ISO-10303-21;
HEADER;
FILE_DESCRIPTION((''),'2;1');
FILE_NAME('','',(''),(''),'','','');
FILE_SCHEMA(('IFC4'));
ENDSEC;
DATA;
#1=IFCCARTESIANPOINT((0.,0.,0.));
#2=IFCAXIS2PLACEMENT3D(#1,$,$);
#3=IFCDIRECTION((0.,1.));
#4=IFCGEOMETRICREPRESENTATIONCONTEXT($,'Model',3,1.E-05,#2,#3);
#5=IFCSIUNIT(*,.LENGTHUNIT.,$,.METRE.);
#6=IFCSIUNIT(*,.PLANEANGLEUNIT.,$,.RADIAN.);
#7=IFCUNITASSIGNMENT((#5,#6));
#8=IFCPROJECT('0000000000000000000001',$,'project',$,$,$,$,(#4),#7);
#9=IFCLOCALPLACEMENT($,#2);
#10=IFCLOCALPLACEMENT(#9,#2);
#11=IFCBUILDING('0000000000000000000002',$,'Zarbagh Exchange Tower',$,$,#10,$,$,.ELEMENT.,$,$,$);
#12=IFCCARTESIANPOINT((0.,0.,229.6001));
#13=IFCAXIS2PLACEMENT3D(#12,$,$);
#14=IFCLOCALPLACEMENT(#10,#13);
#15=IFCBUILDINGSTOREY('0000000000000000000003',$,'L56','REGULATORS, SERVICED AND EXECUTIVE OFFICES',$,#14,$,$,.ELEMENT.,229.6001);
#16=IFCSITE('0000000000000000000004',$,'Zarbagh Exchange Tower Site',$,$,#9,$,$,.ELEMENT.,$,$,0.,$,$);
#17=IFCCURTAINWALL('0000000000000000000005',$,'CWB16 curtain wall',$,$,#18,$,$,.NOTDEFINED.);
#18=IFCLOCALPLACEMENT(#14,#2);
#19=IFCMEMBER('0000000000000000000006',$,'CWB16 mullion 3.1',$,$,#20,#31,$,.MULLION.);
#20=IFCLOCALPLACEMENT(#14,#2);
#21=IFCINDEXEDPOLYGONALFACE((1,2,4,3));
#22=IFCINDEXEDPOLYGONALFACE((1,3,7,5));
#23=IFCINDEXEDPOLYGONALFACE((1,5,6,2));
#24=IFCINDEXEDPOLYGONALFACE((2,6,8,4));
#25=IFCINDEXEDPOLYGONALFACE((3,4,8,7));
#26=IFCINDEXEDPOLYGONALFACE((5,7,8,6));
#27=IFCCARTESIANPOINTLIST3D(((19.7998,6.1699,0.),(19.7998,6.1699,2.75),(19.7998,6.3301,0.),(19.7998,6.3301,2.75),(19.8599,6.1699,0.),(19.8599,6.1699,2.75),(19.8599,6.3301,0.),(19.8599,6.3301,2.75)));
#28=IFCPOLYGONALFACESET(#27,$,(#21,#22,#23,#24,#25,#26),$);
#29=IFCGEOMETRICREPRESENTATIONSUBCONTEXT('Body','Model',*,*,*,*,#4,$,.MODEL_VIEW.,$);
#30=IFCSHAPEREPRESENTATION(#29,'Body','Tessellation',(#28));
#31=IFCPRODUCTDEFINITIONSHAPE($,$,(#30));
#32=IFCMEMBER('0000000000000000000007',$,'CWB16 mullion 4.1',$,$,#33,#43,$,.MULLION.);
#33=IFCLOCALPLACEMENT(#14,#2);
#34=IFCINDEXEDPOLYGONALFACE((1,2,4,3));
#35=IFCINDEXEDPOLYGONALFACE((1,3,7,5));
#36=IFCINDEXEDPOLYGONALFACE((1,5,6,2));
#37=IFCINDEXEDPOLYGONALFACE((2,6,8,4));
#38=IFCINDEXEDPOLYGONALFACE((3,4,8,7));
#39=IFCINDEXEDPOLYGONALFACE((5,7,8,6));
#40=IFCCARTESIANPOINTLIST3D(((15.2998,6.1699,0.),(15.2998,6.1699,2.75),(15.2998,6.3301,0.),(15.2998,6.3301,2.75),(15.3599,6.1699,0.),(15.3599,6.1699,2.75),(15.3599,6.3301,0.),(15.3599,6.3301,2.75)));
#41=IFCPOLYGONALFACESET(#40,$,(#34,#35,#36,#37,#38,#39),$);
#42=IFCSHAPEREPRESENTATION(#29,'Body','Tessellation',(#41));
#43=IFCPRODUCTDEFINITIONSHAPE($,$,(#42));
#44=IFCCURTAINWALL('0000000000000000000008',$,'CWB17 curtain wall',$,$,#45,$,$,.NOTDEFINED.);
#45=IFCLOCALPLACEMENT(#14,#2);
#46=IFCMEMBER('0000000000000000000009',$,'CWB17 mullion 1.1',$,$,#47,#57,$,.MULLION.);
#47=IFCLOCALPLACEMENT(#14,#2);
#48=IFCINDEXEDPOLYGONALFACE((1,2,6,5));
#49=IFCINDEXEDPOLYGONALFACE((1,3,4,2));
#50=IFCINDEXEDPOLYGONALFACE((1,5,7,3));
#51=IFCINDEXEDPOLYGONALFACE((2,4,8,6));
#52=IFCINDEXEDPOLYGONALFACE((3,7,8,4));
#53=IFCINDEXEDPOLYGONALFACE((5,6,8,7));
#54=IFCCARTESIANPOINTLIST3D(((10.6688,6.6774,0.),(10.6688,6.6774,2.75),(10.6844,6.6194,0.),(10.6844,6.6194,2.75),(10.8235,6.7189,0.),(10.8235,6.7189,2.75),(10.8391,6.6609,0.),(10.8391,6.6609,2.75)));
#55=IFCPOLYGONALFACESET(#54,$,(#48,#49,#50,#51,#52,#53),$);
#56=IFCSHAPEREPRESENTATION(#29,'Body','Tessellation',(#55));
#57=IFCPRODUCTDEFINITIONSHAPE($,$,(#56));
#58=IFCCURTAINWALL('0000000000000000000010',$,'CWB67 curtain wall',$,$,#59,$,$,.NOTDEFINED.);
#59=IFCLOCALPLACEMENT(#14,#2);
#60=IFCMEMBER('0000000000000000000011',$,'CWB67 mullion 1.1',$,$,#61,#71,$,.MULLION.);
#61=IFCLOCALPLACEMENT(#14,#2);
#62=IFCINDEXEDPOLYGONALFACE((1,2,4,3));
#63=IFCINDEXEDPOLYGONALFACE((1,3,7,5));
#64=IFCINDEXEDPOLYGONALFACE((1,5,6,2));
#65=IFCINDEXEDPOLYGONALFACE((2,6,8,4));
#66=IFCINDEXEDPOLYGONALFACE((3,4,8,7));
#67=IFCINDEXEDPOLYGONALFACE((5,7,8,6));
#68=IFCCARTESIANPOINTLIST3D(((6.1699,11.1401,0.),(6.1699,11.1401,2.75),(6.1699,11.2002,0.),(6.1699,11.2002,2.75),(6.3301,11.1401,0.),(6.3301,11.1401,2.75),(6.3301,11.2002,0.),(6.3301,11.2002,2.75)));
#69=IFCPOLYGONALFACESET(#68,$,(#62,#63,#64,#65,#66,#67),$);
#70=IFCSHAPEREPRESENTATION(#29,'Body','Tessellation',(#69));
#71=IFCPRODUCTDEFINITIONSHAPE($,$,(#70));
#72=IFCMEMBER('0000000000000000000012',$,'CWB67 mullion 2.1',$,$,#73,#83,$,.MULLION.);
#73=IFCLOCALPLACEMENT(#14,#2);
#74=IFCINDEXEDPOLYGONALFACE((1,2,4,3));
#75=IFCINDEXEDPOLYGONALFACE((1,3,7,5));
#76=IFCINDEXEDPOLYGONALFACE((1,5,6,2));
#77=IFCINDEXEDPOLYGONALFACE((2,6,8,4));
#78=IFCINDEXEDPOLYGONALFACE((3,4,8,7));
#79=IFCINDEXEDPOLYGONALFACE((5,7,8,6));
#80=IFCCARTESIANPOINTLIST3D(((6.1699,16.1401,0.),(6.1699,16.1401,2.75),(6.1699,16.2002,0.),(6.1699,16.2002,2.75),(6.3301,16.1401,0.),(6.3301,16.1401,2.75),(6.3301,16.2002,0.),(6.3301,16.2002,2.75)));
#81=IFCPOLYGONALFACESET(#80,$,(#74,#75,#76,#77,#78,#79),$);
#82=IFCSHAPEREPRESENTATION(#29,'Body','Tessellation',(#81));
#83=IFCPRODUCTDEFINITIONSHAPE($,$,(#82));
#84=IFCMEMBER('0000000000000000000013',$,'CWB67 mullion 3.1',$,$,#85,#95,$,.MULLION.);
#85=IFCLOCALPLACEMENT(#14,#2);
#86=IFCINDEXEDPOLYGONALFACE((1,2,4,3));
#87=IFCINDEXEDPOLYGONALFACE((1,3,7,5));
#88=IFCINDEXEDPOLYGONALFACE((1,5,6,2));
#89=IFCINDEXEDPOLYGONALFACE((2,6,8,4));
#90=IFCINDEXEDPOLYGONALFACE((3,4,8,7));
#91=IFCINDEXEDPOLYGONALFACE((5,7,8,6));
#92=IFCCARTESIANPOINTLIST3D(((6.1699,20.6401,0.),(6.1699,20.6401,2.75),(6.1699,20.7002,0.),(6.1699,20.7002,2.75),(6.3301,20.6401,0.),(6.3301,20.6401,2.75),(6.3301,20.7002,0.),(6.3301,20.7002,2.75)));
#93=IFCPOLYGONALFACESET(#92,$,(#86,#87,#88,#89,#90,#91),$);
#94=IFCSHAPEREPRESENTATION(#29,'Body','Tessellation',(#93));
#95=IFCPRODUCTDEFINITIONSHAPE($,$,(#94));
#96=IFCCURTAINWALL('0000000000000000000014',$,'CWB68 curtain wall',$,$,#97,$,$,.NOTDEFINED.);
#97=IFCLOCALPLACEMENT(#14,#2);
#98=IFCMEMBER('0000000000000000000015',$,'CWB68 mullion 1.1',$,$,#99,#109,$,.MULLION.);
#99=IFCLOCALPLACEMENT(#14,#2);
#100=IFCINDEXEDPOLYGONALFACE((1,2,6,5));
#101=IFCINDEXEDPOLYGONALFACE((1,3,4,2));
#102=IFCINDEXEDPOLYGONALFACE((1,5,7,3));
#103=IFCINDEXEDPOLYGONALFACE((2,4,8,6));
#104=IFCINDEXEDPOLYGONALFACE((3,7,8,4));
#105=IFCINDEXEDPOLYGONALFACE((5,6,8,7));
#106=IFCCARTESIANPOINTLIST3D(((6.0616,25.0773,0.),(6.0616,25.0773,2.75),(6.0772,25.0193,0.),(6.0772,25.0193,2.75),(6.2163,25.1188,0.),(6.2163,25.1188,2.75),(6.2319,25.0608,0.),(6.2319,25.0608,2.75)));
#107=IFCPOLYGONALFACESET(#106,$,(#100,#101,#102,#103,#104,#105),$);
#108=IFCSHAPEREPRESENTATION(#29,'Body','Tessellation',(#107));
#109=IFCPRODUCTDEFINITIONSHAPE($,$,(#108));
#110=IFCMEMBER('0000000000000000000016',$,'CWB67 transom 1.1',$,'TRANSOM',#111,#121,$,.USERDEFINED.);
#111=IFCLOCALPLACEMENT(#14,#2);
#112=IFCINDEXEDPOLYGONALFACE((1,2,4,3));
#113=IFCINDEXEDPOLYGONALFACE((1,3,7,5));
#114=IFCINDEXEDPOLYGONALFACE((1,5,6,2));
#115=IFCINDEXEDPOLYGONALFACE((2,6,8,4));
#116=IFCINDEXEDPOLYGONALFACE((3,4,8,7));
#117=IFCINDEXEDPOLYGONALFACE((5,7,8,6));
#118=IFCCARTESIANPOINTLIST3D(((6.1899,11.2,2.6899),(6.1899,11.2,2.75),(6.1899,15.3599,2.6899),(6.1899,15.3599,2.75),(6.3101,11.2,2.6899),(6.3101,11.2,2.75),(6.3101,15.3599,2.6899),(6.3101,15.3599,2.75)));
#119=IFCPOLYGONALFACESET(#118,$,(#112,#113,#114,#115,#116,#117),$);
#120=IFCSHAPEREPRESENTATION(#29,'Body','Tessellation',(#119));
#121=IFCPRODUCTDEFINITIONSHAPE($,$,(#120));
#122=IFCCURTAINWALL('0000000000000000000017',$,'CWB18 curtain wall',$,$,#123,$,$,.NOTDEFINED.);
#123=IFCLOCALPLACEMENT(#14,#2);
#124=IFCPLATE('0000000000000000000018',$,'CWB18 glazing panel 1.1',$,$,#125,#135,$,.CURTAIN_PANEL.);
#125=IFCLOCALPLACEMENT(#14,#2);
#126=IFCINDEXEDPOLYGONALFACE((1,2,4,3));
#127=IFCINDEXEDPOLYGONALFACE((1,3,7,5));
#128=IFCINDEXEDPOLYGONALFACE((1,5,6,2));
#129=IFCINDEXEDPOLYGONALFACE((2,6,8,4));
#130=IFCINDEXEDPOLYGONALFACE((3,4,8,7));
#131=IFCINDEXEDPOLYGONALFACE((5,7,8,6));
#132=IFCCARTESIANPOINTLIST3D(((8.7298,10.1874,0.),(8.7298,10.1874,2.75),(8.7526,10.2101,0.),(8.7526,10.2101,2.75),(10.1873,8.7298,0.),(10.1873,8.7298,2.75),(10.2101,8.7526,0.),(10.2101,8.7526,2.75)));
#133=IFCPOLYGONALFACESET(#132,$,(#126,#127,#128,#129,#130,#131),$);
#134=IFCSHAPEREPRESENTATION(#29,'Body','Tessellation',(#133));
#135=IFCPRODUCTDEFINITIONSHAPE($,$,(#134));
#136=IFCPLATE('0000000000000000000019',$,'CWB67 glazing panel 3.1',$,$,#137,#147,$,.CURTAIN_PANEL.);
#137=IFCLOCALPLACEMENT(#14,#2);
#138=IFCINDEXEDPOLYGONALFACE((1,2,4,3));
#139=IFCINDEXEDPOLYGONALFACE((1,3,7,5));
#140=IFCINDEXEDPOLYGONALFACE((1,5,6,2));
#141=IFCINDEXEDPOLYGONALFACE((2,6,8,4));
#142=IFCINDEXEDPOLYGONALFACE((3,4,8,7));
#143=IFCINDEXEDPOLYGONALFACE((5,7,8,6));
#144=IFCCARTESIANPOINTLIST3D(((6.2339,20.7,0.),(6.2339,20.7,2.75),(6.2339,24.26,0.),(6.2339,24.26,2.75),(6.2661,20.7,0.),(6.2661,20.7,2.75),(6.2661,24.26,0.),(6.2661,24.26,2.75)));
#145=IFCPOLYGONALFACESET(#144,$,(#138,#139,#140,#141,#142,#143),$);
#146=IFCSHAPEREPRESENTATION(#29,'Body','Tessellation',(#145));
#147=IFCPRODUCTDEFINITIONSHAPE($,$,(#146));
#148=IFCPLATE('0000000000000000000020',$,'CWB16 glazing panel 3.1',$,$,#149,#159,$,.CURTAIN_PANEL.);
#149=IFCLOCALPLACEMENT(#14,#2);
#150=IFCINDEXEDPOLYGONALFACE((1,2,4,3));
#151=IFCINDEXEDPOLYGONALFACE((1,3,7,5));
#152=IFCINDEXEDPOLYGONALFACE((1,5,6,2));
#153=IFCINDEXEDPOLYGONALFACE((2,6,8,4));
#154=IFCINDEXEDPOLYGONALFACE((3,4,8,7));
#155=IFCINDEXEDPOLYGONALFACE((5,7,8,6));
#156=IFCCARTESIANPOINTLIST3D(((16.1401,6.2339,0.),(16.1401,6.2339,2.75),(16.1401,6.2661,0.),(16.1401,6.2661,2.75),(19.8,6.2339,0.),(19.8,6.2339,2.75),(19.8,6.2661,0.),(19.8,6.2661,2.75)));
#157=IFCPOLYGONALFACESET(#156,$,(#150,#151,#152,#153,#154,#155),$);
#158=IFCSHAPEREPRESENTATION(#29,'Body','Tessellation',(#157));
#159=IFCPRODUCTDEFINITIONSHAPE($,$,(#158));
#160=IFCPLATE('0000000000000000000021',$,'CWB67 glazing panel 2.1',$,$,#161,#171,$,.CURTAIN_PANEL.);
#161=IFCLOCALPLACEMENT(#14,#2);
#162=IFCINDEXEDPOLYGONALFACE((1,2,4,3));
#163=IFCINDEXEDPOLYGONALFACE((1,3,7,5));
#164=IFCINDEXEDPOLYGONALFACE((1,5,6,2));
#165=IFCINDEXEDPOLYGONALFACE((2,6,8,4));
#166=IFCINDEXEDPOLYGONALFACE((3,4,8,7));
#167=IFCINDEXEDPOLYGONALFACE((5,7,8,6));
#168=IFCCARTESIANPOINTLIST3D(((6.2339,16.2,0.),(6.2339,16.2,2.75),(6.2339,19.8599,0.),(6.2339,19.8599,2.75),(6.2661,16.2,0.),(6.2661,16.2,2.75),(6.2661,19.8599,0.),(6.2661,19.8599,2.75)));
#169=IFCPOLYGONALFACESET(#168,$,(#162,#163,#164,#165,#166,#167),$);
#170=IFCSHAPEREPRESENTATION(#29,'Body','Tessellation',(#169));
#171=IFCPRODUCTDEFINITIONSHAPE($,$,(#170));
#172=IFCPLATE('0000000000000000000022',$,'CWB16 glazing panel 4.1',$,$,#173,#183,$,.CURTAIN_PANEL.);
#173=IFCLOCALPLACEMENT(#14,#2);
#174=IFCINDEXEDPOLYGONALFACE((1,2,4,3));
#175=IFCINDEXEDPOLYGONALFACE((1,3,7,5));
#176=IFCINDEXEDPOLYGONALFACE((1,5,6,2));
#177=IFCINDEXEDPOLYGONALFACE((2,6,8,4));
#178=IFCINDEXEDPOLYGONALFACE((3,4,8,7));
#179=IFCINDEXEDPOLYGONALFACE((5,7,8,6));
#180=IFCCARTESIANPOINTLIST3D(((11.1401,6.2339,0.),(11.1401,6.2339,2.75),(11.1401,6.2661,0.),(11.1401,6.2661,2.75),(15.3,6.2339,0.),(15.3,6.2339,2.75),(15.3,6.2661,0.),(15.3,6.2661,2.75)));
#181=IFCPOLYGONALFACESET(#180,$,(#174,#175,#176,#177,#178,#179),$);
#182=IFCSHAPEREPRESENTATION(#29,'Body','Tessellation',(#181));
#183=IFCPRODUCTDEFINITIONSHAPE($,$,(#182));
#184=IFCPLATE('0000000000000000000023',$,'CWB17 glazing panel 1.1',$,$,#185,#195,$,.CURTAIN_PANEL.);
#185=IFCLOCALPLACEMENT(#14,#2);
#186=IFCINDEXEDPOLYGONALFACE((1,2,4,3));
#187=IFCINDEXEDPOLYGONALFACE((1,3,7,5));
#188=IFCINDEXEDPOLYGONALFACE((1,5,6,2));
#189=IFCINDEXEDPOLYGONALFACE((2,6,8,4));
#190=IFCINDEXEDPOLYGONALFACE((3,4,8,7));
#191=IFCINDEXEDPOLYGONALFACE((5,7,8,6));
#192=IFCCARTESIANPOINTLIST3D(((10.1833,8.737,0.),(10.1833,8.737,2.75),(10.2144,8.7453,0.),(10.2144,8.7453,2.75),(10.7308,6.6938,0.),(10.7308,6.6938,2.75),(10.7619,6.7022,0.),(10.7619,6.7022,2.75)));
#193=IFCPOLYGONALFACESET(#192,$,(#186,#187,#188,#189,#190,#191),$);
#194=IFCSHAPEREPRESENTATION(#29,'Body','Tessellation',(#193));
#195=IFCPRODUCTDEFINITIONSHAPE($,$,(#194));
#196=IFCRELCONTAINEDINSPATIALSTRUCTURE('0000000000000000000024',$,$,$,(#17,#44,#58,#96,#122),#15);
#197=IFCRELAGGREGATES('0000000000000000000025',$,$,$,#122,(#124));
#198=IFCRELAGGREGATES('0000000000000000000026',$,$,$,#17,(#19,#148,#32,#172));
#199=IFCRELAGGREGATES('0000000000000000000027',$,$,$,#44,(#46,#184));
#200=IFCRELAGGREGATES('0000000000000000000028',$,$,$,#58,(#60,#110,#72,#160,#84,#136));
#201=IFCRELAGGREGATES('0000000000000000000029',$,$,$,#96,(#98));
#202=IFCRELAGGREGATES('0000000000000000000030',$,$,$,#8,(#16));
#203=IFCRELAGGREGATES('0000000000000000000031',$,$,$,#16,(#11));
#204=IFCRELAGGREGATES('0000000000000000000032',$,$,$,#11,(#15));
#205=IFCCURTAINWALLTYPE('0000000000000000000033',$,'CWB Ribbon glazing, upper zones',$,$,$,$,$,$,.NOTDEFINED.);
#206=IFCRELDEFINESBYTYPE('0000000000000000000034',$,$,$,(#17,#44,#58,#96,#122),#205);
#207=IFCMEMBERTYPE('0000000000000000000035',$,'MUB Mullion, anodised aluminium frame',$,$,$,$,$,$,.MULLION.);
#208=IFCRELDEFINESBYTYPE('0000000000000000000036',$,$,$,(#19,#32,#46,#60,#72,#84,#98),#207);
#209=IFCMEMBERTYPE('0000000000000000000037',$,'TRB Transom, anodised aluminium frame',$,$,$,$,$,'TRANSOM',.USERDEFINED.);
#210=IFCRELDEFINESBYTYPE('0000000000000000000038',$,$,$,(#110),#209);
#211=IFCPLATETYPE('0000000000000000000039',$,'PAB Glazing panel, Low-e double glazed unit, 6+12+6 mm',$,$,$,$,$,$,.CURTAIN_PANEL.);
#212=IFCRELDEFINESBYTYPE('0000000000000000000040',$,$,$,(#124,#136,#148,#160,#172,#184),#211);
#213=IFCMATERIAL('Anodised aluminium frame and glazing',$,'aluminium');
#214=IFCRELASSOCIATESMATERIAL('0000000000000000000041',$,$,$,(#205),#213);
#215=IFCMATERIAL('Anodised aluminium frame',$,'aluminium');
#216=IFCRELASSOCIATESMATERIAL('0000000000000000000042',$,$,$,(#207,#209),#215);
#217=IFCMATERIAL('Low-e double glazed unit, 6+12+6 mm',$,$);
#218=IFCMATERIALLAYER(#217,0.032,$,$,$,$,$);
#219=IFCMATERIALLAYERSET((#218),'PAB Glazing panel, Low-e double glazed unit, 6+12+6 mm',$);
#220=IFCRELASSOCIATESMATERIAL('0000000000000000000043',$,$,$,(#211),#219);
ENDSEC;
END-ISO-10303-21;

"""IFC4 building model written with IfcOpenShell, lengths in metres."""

from ifc_helpers import new_model, si_unit, direction, frame, origin, place, context, subcontext, project, spatial, polyline, outline, extrude, source, transform, mapped, material, layer, layer_set, type_object, element, aggregate, save


model = new_model("IFC4")

# Units and contexts
model_context = context("Model", 3, precision=1e-05, world=origin(), true_north=direction((0.0, 1.0)))
body_context = subcontext(model_context, "Body", "Model", "MODEL_VIEW")
ifc_project = project(units=[si_unit("LENGTHUNIT", "METRE"), si_unit("PLANEANGLEUNIT", "RADIAN")], contexts=[model_context])

# Site, building, storey
site_placement = place(None, origin())
site = spatial("IfcSite", under=ifc_project, at=site_placement, Name="Zarbagh Exchange Tower Site", CompositionType="ELEMENT", RefElevation=0.0)
building_placement = place(site_placement, origin())
building = spatial("IfcBuilding", under=site, at=building_placement, Name="Zarbagh Exchange Tower", CompositionType="ELEMENT")
storey_placement = place(building_placement, frame((0.0, 0.0, 229.6001)))
storey = spatial("IfcBuildingStorey", under=building, at=storey_placement, Name="L56", Description="REGULATORS, SERVICED AND EXECUTIVE OFFICES", CompositionType="ELEMENT", Elevation=229.6001)

# Curtain wall, members
ifc_material_1 = material(Name="Anodised aluminium frame and glazing", Category="aluminium")
curtain_wall_type = type_object("IfcCurtainWallType", Name="CWB Ribbon glazing, upper zones", PredefinedType="NOTDEFINED", material=ifc_material_1)
curtain_wall_1_placement = place(storey_placement, origin())
curtain_wall_1 = element("IfcCurtainWall", 1, at=curtain_wall_1_placement, inside=storey, type_object=curtain_wall_type, Name="CWB16 curtain wall", PredefinedType="NOTDEFINED")
ifc_material_2 = material(Name="Anodised aluminium frame", Category="aluminium")
member_type_1 = type_object("IfcMemberType", Name="MUB Mullion, anodised aluminium frame", PredefinedType="MULLION", material=ifc_material_2)
shared_shape_1 = source(origin(), body_context, "Body", "SweptSolid", [
    extrude(outline(polyline([(0.0, -0.0801), (0.0601, -0.0801), (0.0601, 0.0801), (0.0, 0.0801), (0.0, -0.0801)])), origin(), (0.0, 0.0, 1.0), 2.75),
])
placement = place(storey_placement, origin())
member_1 = element("IfcMember", 2, at=placement, type_object=member_type_1, Name="CWB16 mullion 3.1", PredefinedType="MULLION", context=body_context, shape_type="MappedRepresentation", body=[
    mapped(shared_shape_1, transform((19.8599, 6.25, 0.0), x_axis=(-1.0, 0.0, 0.0), y_axis=(0.0, -1.0, 0.0), z_axis=(0.0, 0.0, 1.0))),
])
member_2 = element("IfcMember", 3, at=placement, type_object=member_type_1, Name="CWB16 mullion 4.1", PredefinedType="MULLION", context=body_context, shape_type="MappedRepresentation", body=[
    mapped(shared_shape_1, transform((15.3599, 6.25, 0.0), x_axis=(-1.0, 0.0, 0.0), y_axis=(0.0, -1.0, 0.0), z_axis=(0.0, 0.0, 1.0))),
])

# Curtain wall, member
curtain_wall_2_placement = place(storey_placement, origin())
curtain_wall_2 = element("IfcCurtainWall", 4, at=curtain_wall_2_placement, inside=storey, type_object=curtain_wall_type, Name="CWB17 curtain wall", PredefinedType="NOTDEFINED")
member_3 = element("IfcMember", 5, at=placement, type_object=member_type_1, Name="CWB17 mullion 1.1", PredefinedType="MULLION", context=body_context, shape_type="MappedRepresentation", body=[
    mapped(shared_shape_1, transform((10.7617, 6.6401, 0.0), x_axis=(-0.258825, 0.965924, 0.0), y_axis=(-0.965924, -0.258825, 0.0), z_axis=(0.0, 0.0, 1.0))),
])

# Curtain wall, members
curtain_wall_3_placement = place(storey_placement, origin())
curtain_wall_3 = element("IfcCurtainWall", 6, at=curtain_wall_3_placement, inside=storey, type_object=curtain_wall_type, Name="CWB67 curtain wall", PredefinedType="NOTDEFINED")
member_4 = element("IfcMember", 7, at=placement, type_object=member_type_1, Name="CWB67 mullion 1.1", PredefinedType="MULLION", context=body_context, shape_type="MappedRepresentation", body=[
    mapped(shared_shape_1, transform((6.25, 11.1401, 0.0), x_axis=(0.0, 1.0, 0.0), y_axis=(-1.0, 0.0, 0.0), z_axis=(0.0, 0.0, 1.0))),
])
member_5 = element("IfcMember", 8, at=placement, type_object=member_type_1, Name="CWB67 mullion 2.1", PredefinedType="MULLION", context=body_context, shape_type="MappedRepresentation", body=[
    mapped(shared_shape_1, transform((6.25, 16.1401, 0.0), x_axis=(0.0, 1.0, 0.0), y_axis=(-1.0, 0.0, 0.0), z_axis=(0.0, 0.0, 1.0))),
])
member_6 = element("IfcMember", 9, at=placement, type_object=member_type_1, Name="CWB67 mullion 3.1", PredefinedType="MULLION", context=body_context, shape_type="MappedRepresentation", body=[
    mapped(shared_shape_1, transform((6.25, 20.6401, 0.0), x_axis=(0.0, 1.0, 0.0), y_axis=(-1.0, 0.0, 0.0), z_axis=(0.0, 0.0, 1.0))),
])

# Curtain wall, member
curtain_wall_4_placement = place(storey_placement, origin())
curtain_wall_4 = element("IfcCurtainWall", 10, at=curtain_wall_4_placement, inside=storey, type_object=curtain_wall_type, Name="CWB68 curtain wall", PredefinedType="NOTDEFINED")
member_7 = element("IfcMember", 11, at=placement, type_object=member_type_1, Name="CWB68 mullion 1.1", PredefinedType="MULLION", context=body_context, shape_type="MappedRepresentation", body=[
    mapped(shared_shape_1, transform((6.1545, 25.04, 0.0), x_axis=(-0.258825, 0.965924, 0.0), y_axis=(-0.965924, -0.258825, 0.0), z_axis=(0.0, 0.0, 1.0))),
])

# Member
member_type_2 = type_object("IfcMemberType", Name="TRB Transom, anodised aluminium frame", ElementType="TRANSOM", PredefinedType="USERDEFINED", material=ifc_material_2)
shared_shape_2 = source(origin(), body_context, "Body", "SweptSolid", [
    extrude(outline(polyline([(-0.0601, -0.0601), (0.0, -0.0601), (0.0, 0.0601), (-0.0601, 0.0601), (-0.0601, -0.0601)])), origin(), (0.0, 0.0, 1.0), 4.1599),
])
member_8 = element("IfcMember", 12, at=placement, type_object=member_type_2, Name="CWB67 transom 1.1", ObjectType="TRANSOM", PredefinedType="USERDEFINED", context=body_context, shape_type="MappedRepresentation", body=[
    mapped(shared_shape_2, transform((6.25, 11.2, 2.75), x_axis=(0.0, 0.0, 1.0), y_axis=(1.0, 0.0, 0.0), z_axis=(0.0, 1.0, 0.0))),
])

# Curtain wall, plate
curtain_wall_5_placement = place(storey_placement, origin())
curtain_wall_5 = element("IfcCurtainWall", 13, at=curtain_wall_5_placement, inside=storey, type_object=curtain_wall_type, Name="CWB18 curtain wall", PredefinedType="NOTDEFINED")
ifc_material_3 = material(Name="Low-e double glazed unit, 6+12+6 mm")
ifc_layer_1 = layer(ifc_material_3, 0.032)
ifc_layer_set_1 = layer_set([ifc_layer_1], Name="PAB Glazing panel, Low-e double glazed unit, 6+12+6 mm")
plate_type = type_object("IfcPlateType", Name="PAB Glazing panel, Low-e double glazed unit, 6+12+6 mm", PredefinedType="CURTAIN_PANEL", material=ifc_layer_set_1)
shared_shape_3 = source(origin(), body_context, "Body", "SweptSolid", [
    extrude(outline(polyline([(0.0, -0.0161), (2.0613, -0.0161), (2.0613, 0.0161), (0.0, 0.0161), (0.0, -0.0161)])), origin(), (0.0, 0.0, 1.0), 2.75),
])
plate_1 = element("IfcPlate", 14, at=placement, type_object=plate_type, Name="CWB18 glazing panel 1.1", PredefinedType="CURTAIN_PANEL", context=body_context, shape_type="MappedRepresentation", body=[
    mapped(shared_shape_3, transform((10.1987, 8.7412, 0.0), x_axis=(-0.707107, 0.707107, 0.0), y_axis=(-0.707107, -0.707107, 0.0), z_axis=(0.0, 0.0, 1.0))),
])
aggregate(curtain_wall_5, [plate_1])

# Plates
shared_shape_4 = source(origin(), body_context, "Body", "SweptSolid", [
    extrude(outline(polyline([(0.0, -0.0161), (3.5601, -0.0161), (3.5601, 0.0161), (0.0, 0.0161), (0.0, -0.0161)])), origin(), (0.0, 0.0, 1.0), 2.75),
])
plate_2 = element("IfcPlate", 15, at=placement, type_object=plate_type, Name="CWB67 glazing panel 3.1", PredefinedType="CURTAIN_PANEL", context=body_context, shape_type="MappedRepresentation", body=[
    mapped(shared_shape_4, transform((6.25, 20.7, 0.0), x_axis=(0.0, 1.0, 0.0), y_axis=(-1.0, 0.0, 0.0), z_axis=(0.0, 0.0, 1.0))),
])
shared_shape_5 = source(origin(), body_context, "Body", "SweptSolid", [
    extrude(outline(polyline([(0.0, -0.0161), (3.6599, -0.0161), (3.6599, 0.0161), (0.0, 0.0161), (0.0, -0.0161)])), origin(), (0.0, 0.0, 1.0), 2.75),
])
plate_3 = element("IfcPlate", 16, at=placement, type_object=plate_type, Name="CWB16 glazing panel 3.1", PredefinedType="CURTAIN_PANEL", context=body_context, shape_type="MappedRepresentation", body=[
    mapped(shared_shape_5, transform((19.8, 6.25, 0.0), x_axis=(-1.0, 0.0, 0.0), y_axis=(0.0, -1.0, 0.0), z_axis=(0.0, 0.0, 1.0))),
])
plate_4 = element("IfcPlate", 17, at=placement, type_object=plate_type, Name="CWB67 glazing panel 2.1", PredefinedType="CURTAIN_PANEL", context=body_context, shape_type="MappedRepresentation", body=[
    mapped(shared_shape_5, transform((6.25, 16.2, 0.0), x_axis=(0.0, 1.0, 0.0), y_axis=(-1.0, 0.0, 0.0), z_axis=(0.0, 0.0, 1.0))),
])
shared_shape_6 = source(origin(), body_context, "Body", "SweptSolid", [
    extrude(outline(polyline([(0.0, -0.0161), (4.1599, -0.0161), (4.1599, 0.0161), (0.0, 0.0161), (0.0, -0.0161)])), origin(), (0.0, 0.0, 1.0), 2.75),
])
plate_5 = element("IfcPlate", 18, at=placement, type_object=plate_type, Name="CWB16 glazing panel 4.1", PredefinedType="CURTAIN_PANEL", context=body_context, shape_type="MappedRepresentation", body=[
    mapped(shared_shape_6, transform((15.3, 6.25, 0.0), x_axis=(-1.0, 0.0, 0.0), y_axis=(0.0, -1.0, 0.0), z_axis=(0.0, 0.0, 1.0))),
])
aggregate(curtain_wall_1, [member_1, plate_3, member_2, plate_5])
shared_shape_7 = source(origin(), body_context, "Body", "SweptSolid", [
    extrude(outline(polyline([(0.0, -0.0161), (2.1152, -0.0161), (2.1152, 0.0161), (0.0, 0.0161), (0.0, -0.0161)])), origin(), (0.0, 0.0, 1.0), 2.75),
])
plate_6 = element("IfcPlate", 19, at=placement, type_object=plate_type, Name="CWB17 glazing panel 1.1", PredefinedType="CURTAIN_PANEL", context=body_context, shape_type="MappedRepresentation", body=[
    mapped(shared_shape_7, transform((10.7463, 6.698, 0.0), x_axis=(-0.258825, 0.965924, 0.0), y_axis=(-0.965924, -0.258825, 0.0), z_axis=(0.0, 0.0, 1.0))),
])
aggregate(curtain_wall_2, [member_3, plate_6])

aggregate(curtain_wall_3, [member_4, member_8, member_5, plate_4, member_6, plate_2])
aggregate(curtain_wall_4, [member_7])

save(model, "model.ifc")
